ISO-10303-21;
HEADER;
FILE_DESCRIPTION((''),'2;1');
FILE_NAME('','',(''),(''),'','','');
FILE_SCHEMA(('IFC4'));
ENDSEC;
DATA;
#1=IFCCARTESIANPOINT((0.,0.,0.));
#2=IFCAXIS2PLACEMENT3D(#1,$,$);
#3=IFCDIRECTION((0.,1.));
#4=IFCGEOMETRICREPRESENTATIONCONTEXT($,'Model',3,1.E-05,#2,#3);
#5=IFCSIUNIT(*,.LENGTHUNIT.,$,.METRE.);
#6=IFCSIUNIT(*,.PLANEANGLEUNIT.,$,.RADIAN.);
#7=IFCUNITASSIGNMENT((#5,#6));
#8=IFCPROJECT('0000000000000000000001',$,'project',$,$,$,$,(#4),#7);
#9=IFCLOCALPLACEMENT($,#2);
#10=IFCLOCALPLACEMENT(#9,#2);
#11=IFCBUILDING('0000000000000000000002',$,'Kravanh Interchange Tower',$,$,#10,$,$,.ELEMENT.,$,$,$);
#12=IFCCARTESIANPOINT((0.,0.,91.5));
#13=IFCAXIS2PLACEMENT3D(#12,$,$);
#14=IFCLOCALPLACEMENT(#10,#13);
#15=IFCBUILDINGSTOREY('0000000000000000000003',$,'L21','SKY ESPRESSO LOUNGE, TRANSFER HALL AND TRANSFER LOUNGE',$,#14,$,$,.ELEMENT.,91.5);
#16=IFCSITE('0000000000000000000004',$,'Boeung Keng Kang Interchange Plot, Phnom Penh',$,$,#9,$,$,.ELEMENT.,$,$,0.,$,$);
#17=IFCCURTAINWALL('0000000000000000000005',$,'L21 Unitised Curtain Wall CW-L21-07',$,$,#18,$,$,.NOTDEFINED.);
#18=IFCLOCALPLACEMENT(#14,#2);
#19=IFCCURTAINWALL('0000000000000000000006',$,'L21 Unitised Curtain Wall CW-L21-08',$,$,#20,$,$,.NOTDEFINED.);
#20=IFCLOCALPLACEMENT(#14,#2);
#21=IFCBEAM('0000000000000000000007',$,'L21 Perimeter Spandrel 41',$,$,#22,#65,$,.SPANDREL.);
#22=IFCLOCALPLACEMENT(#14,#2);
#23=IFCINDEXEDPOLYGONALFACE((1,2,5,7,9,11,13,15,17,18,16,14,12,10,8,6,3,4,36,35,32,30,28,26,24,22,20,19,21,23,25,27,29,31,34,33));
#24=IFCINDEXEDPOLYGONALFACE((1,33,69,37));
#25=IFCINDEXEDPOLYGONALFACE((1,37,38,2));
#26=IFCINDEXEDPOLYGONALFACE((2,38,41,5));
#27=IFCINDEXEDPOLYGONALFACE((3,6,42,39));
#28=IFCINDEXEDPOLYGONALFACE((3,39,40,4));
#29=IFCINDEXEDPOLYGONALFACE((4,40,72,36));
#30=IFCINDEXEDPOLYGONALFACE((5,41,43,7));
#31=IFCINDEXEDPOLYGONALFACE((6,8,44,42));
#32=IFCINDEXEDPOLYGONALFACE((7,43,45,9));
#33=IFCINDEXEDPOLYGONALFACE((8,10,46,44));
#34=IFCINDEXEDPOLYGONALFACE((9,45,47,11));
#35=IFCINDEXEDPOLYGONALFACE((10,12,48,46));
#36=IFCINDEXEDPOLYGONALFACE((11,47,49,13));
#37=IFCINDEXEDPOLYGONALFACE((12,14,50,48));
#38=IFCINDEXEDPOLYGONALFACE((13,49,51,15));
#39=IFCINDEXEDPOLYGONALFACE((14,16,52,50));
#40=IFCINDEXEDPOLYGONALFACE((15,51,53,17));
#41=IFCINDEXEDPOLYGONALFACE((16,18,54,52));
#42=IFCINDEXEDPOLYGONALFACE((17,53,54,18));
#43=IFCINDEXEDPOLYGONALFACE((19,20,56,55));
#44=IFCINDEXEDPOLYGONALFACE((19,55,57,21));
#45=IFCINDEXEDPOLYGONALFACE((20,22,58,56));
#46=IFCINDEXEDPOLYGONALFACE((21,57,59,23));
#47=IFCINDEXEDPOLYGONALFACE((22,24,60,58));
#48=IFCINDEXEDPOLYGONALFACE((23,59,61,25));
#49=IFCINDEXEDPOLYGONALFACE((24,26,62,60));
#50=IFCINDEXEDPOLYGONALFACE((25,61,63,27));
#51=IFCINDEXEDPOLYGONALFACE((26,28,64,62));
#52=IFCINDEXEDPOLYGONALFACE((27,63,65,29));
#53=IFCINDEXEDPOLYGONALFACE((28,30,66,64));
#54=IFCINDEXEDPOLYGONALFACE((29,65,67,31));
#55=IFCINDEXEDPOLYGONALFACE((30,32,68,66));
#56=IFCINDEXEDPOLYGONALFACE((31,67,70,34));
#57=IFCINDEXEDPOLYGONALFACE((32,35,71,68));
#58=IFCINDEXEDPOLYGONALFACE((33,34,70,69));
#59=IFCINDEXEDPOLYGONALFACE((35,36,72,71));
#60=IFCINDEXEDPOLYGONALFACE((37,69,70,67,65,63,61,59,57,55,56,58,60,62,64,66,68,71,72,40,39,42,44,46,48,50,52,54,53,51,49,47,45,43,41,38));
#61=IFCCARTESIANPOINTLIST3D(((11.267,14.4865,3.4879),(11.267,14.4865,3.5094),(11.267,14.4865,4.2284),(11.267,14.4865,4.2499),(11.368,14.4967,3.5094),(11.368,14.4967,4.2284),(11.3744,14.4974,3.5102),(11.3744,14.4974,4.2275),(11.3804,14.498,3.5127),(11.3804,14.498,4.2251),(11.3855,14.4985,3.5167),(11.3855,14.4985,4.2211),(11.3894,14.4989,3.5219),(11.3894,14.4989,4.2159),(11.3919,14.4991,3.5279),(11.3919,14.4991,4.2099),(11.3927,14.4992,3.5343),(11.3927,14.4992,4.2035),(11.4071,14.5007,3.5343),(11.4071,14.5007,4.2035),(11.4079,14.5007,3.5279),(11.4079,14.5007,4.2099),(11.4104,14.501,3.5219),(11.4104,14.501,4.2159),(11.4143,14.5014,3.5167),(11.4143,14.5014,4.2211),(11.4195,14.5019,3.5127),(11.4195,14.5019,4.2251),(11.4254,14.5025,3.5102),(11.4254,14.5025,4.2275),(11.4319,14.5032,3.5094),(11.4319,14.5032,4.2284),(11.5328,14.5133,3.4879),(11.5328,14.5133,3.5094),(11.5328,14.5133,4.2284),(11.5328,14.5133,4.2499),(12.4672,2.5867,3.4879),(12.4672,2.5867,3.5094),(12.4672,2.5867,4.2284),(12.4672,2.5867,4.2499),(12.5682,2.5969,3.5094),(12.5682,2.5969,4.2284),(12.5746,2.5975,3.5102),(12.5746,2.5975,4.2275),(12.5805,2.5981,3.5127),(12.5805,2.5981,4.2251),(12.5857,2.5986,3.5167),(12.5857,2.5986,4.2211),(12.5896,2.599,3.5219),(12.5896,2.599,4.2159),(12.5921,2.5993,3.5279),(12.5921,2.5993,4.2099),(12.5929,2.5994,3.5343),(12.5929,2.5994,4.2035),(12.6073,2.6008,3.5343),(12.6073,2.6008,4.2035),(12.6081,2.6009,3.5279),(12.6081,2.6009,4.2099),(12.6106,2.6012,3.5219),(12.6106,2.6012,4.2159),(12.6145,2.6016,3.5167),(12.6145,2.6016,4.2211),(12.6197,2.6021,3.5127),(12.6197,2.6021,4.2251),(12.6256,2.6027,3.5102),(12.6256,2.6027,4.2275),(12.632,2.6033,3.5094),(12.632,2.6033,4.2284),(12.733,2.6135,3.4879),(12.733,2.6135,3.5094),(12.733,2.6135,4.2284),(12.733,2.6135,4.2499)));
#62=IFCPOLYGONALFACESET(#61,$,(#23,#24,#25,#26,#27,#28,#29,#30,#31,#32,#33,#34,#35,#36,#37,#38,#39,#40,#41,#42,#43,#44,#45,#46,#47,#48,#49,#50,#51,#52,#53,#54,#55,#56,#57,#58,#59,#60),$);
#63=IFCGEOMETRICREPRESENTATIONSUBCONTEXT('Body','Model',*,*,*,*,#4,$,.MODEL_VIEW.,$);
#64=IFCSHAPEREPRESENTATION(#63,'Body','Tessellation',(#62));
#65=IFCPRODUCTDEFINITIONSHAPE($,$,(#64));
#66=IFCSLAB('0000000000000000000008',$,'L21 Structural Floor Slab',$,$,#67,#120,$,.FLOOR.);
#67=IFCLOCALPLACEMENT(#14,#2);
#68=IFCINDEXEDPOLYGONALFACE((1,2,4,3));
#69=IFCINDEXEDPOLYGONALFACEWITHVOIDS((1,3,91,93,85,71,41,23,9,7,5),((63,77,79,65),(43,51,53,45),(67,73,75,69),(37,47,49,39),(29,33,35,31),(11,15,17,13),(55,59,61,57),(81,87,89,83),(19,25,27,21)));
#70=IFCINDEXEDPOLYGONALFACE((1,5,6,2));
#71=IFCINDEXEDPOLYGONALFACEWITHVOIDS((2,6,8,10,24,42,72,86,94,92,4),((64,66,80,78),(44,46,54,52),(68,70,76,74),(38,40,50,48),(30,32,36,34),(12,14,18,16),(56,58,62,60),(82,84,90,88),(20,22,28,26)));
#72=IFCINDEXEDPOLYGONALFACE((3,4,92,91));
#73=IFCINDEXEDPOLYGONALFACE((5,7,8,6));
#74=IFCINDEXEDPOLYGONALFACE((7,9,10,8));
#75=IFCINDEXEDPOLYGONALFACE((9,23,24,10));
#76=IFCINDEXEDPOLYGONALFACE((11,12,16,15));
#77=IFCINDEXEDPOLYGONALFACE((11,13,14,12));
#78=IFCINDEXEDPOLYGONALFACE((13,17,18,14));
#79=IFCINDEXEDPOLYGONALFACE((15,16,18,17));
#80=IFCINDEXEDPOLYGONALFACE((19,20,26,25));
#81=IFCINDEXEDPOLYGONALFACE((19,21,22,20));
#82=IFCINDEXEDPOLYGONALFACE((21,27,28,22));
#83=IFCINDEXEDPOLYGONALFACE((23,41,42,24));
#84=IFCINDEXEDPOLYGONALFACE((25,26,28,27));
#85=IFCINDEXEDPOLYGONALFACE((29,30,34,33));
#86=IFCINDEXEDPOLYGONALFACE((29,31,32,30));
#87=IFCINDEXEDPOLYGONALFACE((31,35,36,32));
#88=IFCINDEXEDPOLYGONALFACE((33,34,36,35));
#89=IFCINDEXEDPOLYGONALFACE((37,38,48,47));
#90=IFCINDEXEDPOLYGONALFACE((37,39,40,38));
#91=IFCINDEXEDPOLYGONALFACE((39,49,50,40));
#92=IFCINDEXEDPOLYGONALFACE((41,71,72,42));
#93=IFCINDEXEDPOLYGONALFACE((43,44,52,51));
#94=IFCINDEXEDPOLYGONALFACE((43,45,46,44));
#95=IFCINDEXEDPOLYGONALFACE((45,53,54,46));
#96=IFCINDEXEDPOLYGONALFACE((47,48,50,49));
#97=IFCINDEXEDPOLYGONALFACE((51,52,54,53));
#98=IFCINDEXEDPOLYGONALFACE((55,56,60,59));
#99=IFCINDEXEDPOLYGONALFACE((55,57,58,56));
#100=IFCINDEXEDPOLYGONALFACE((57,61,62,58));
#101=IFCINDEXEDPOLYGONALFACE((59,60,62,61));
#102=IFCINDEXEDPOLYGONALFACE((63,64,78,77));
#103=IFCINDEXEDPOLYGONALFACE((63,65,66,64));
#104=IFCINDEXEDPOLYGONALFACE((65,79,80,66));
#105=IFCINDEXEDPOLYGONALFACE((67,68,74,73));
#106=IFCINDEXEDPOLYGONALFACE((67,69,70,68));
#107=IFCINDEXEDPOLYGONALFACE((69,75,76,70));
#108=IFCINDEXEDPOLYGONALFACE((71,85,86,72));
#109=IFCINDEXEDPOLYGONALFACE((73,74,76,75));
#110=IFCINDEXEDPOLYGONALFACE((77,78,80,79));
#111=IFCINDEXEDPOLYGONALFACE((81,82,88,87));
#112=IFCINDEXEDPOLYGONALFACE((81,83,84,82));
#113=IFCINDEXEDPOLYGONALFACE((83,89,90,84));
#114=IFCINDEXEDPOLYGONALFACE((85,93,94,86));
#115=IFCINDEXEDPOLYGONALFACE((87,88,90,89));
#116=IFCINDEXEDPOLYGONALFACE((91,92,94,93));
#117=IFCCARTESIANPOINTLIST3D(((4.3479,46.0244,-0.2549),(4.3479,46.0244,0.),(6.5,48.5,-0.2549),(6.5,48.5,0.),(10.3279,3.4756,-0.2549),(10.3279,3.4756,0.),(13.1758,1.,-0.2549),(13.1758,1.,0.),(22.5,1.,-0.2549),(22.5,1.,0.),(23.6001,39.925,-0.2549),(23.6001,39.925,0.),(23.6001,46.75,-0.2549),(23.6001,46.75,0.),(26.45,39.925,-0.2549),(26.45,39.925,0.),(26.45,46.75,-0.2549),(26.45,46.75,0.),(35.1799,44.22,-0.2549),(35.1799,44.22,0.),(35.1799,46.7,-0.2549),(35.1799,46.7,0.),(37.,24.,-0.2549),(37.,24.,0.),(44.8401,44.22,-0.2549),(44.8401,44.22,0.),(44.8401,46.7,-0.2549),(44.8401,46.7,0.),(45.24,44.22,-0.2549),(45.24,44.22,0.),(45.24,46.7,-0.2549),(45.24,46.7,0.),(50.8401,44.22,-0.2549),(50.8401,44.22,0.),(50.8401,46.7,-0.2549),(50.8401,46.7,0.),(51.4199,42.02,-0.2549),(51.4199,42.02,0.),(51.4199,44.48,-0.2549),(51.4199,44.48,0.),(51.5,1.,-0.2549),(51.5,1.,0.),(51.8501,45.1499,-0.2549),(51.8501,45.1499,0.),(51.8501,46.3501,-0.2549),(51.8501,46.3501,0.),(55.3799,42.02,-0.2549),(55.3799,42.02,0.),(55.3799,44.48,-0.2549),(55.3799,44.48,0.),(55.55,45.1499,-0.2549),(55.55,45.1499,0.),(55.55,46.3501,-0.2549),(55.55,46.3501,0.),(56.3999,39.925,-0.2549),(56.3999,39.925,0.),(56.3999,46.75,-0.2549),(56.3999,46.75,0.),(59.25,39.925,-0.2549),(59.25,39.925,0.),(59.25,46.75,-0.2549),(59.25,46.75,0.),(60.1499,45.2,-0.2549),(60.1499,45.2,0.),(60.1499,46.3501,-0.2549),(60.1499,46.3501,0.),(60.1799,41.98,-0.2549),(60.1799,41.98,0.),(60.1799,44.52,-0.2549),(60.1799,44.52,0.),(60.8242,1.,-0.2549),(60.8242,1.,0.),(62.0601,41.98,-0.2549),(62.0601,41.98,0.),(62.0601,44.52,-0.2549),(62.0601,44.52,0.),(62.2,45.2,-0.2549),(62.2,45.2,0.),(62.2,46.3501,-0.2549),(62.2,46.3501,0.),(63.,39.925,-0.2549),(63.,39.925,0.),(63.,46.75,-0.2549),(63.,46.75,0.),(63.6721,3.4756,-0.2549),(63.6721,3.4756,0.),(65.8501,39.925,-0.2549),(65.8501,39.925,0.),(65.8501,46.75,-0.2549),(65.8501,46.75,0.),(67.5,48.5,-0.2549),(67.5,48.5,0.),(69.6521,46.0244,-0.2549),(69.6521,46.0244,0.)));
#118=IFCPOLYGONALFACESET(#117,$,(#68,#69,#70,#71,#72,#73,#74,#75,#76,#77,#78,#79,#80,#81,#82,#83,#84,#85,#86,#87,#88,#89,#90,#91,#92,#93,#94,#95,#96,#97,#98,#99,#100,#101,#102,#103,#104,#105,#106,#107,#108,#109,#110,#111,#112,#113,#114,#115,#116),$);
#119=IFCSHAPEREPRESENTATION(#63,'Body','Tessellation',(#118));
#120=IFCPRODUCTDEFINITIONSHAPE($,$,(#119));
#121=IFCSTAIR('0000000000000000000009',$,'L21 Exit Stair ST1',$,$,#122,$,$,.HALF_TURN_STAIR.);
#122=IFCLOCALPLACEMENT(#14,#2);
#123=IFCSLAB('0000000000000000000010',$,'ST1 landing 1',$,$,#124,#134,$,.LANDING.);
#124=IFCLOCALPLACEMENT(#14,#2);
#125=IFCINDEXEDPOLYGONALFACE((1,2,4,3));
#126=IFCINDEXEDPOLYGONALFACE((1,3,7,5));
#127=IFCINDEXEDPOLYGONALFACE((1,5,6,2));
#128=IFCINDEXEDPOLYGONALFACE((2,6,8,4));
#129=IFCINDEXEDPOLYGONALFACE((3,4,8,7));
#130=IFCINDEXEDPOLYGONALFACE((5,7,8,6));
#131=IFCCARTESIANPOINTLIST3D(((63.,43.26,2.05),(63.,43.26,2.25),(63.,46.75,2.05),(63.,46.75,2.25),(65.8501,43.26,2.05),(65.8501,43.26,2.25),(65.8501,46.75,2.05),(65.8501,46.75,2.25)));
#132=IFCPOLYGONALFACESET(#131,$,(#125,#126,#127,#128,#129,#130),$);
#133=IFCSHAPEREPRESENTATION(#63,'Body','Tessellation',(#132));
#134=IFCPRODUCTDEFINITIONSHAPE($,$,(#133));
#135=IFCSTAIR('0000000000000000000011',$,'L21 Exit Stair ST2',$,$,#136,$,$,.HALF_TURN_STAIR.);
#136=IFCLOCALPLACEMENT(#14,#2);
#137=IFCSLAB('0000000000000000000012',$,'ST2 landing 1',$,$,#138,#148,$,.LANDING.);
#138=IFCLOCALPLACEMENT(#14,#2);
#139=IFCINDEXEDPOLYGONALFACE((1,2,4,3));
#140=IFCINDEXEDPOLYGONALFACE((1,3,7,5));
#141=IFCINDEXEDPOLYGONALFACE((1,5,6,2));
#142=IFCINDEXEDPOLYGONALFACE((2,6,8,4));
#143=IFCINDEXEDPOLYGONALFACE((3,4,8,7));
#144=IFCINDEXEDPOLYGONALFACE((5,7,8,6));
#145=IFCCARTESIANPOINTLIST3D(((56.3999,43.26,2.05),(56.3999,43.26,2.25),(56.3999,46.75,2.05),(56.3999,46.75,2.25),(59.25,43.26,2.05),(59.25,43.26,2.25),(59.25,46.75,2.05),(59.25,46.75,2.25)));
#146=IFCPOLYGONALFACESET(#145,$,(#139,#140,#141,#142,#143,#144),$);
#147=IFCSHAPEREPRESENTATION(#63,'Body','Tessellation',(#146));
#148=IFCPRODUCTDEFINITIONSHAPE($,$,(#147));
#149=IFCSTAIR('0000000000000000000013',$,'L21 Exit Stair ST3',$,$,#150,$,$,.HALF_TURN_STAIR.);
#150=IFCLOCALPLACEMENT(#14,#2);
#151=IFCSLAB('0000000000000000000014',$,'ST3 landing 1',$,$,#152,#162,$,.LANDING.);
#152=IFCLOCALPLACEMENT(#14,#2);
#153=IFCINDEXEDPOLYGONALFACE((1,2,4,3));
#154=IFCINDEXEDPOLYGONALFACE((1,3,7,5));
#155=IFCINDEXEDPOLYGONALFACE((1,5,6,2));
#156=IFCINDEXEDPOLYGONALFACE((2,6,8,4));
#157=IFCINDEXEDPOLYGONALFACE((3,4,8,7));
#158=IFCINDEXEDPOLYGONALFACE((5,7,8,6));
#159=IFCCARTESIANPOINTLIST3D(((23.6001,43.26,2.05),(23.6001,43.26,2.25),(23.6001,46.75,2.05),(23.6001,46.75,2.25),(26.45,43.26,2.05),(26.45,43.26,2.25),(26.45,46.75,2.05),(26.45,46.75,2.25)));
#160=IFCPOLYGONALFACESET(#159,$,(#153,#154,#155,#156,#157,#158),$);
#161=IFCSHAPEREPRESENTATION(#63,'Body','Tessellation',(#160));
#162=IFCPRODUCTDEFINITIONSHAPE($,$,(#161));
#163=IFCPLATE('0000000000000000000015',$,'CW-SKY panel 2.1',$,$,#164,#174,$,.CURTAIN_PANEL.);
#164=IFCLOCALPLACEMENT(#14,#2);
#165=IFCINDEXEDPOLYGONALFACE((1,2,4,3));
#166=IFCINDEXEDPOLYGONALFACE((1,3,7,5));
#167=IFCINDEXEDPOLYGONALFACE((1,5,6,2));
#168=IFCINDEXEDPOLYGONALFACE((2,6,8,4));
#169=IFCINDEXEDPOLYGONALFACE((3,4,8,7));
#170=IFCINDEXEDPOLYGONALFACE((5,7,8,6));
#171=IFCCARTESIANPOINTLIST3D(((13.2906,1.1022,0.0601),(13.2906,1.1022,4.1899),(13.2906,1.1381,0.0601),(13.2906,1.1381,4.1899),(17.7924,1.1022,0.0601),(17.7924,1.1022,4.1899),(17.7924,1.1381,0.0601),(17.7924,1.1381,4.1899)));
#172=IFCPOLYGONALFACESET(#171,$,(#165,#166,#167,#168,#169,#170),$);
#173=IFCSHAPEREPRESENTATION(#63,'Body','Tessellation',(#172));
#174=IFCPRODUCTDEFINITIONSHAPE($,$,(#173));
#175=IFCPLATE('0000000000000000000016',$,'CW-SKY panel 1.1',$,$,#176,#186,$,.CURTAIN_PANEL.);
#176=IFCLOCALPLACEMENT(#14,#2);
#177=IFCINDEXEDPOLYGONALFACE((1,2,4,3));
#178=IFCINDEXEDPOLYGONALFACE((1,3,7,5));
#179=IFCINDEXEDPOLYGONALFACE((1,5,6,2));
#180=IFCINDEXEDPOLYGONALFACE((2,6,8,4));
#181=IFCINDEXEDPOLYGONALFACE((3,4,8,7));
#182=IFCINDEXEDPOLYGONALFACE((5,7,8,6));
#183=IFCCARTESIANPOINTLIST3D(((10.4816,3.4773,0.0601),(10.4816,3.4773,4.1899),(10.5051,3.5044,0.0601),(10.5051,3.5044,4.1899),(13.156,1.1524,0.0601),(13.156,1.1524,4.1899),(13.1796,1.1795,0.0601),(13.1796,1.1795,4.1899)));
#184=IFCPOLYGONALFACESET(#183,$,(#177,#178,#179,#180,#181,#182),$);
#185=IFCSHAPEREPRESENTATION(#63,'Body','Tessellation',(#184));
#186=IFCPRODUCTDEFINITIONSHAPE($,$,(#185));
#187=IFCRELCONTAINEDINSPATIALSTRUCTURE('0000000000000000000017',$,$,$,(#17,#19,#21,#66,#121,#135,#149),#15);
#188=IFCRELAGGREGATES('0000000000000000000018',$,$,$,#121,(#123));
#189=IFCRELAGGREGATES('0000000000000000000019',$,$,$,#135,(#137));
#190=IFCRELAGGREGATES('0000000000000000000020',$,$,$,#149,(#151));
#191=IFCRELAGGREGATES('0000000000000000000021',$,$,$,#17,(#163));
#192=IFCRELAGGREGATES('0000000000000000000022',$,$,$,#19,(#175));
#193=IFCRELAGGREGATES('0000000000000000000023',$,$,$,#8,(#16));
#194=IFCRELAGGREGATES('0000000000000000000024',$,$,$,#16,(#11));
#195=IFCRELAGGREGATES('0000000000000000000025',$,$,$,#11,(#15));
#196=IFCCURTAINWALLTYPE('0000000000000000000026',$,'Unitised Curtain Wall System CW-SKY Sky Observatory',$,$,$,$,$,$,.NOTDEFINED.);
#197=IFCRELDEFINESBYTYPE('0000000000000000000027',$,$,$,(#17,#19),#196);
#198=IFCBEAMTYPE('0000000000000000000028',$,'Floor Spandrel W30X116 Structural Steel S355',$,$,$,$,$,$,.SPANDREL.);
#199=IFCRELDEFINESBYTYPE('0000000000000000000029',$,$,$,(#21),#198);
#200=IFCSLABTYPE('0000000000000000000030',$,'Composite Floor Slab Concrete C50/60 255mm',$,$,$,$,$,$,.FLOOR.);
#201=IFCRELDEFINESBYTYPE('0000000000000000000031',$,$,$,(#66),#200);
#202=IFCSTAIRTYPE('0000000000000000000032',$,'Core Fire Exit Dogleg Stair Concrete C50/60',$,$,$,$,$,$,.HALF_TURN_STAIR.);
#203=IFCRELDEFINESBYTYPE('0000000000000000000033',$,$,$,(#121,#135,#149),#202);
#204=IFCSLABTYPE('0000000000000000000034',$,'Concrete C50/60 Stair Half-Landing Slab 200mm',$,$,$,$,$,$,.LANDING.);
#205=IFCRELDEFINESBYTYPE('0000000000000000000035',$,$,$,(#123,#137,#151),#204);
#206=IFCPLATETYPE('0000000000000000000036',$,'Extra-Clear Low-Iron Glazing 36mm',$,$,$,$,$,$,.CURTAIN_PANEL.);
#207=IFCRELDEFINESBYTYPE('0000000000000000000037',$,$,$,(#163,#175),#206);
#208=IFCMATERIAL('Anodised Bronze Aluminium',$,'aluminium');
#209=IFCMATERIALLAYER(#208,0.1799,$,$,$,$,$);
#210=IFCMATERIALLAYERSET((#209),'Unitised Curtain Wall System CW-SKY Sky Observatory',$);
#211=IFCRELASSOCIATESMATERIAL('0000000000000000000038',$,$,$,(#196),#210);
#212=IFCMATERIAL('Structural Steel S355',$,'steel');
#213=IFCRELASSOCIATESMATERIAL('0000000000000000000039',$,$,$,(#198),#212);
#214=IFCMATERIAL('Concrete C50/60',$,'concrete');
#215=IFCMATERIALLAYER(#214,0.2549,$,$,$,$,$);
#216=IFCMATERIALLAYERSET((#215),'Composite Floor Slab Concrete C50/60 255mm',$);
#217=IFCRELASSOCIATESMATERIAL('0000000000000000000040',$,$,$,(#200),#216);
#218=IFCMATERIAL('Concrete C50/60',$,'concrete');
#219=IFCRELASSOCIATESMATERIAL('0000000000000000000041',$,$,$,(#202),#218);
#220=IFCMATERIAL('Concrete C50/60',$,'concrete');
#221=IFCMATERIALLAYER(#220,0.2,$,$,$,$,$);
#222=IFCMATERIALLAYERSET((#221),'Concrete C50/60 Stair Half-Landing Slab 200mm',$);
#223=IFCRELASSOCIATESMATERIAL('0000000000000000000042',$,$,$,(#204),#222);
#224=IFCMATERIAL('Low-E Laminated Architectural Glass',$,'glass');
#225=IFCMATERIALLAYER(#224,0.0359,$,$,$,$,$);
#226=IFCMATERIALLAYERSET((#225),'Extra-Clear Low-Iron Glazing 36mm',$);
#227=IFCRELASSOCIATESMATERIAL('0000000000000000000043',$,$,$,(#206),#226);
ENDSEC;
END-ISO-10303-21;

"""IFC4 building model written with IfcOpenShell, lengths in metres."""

from ifc_helpers import new_model, si_unit, direction, frame, origin, origin_2d, place, context, subcontext, project, spatial, polyline, rectangle, i_section, outline, extrude, material, layer, layer_set, material_profile, profile_set, type_object, element, aggregate, save


model = new_model("IFC4")

# Units and contexts
model_context = context("Model", 3, precision=1e-05, world=origin(), true_north=direction((0.0, 1.0)))
body_context = subcontext(model_context, "Body", "Model", "MODEL_VIEW")
ifc_project = project(units=[si_unit("LENGTHUNIT", "METRE"), si_unit("PLANEANGLEUNIT", "RADIAN")], contexts=[model_context])

# Site, building, storey
site_placement = place(None, origin())
site = spatial("IfcSite", under=ifc_project, at=site_placement, Name="Boeung Keng Kang Interchange Plot, Phnom Penh", CompositionType="ELEMENT", RefElevation=0.0)
building_placement = place(site_placement, origin())
building = spatial("IfcBuilding", under=site, at=building_placement, Name="Kravanh Interchange Tower", CompositionType="ELEMENT")
storey_placement = place(building_placement, frame((0.0, 0.0, 91.5)))
storey = spatial("IfcBuildingStorey", under=building, at=storey_placement, Name="L21", Description="SKY ESPRESSO LOUNGE, TRANSFER HALL AND TRANSFER LOUNGE", CompositionType="ELEMENT", Elevation=91.5)

# Curtain wall
ifc_material_1 = material(Name="Anodised Bronze Aluminium", Category="aluminium")
ifc_layer_1 = layer(ifc_material_1, 0.1799)
ifc_layer_set_1 = layer_set([ifc_layer_1], Name="Unitised Curtain Wall System CW-SKY Sky Observatory")
curtain_wall_type = type_object("IfcCurtainWallType", Name="Unitised Curtain Wall System CW-SKY Sky Observatory", PredefinedType="NOTDEFINED", material=ifc_layer_set_1)
curtain_wall_1_placement = place(storey_placement, origin())
curtain_wall_1 = element("IfcCurtainWall", 1, at=curtain_wall_1_placement, inside=storey, type_object=curtain_wall_type, Name="L21 Unitised Curtain Wall CW-L21-07", PredefinedType="NOTDEFINED")

# Curtain wall
curtain_wall_2_placement = place(storey_placement, origin())
curtain_wall_2 = element("IfcCurtainWall", 2, at=curtain_wall_2_placement, inside=storey, type_object=curtain_wall_type, Name="L21 Unitised Curtain Wall CW-L21-08", PredefinedType="NOTDEFINED")

# Beam
ifc_material_2 = material(Name="Structural Steel S355", Category="steel")
ifc_material_profile_1 = material_profile(ifc_material_2, i_section(OverallWidth=0.2671, OverallDepth=0.762, WebThickness=0.0144, FlangeThickness=0.0215, FilletRadius=0.0249, at=origin_2d()), Name="W30X116")
ifc_profile_set_1 = profile_set([ifc_material_profile_1], Name="Structural Steel S355")
beam_type_1 = type_object("IfcBeamType", Name="Floor Spandrel W30X116 Structural Steel S355", PredefinedType="SPANDREL", material=ifc_profile_set_1)
beam_1_placement = place(storey_placement, frame((12.6001, 2.6001, 3.8689), z_axis=(-0.100348, 0.994952, 0.0), x_axis=(-0.994952, -0.100348, 0.0)))
element("IfcBeam", 3, at=beam_1_placement, inside=storey, type_object=beam_type_1, Name="L21 Perimeter Spandrel 41", PredefinedType="SPANDREL", context=body_context, shape_type="SweptSolid", body=[
    extrude(i_section(OverallWidth=0.2671, OverallDepth=0.762, WebThickness=0.0144, FlangeThickness=0.0215, FilletRadius=0.0249, at=origin_2d()), origin(), (0.0, 0.0, 1.0), 11.9602),
])

# Slab
ifc_material_3 = material(Name="Concrete C50/60", Category="concrete")
ifc_layer_2 = layer(ifc_material_3, 0.2549)
ifc_layer_set_2 = layer_set([ifc_layer_2], Name="Composite Floor Slab Concrete C50/60 255mm")
slab_type_1 = type_object("IfcSlabType", Name="Composite Floor Slab Concrete C50/60 255mm", PredefinedType="FLOOR", material=ifc_layer_set_2)
slab_1_placement = place(storey_placement, frame((0.0, 0.0, -0.2549)))
element("IfcSlab", 4, at=slab_1_placement, inside=storey, type_object=slab_type_1, Name="L21 Structural Floor Slab", PredefinedType="FLOOR", context=body_context, shape_type="SweptSolid", body=[
    extrude(outline(polyline([(10.3279, 3.4756), (13.1758, 1.0), (22.5, 1.0), (37.0, 24.0), (51.5, 1.0), (60.8242, 1.0), (63.6721, 3.4756), (69.6521, 46.0244), (67.5, 48.5), (6.5, 48.5), (4.3479, 46.0244), (10.3279, 3.4756)]), holes=[polyline([(65.8501, 39.925), (65.8501, 46.75), (63.0, 46.75), (63.0, 39.925), (65.8501, 39.925)]), polyline([(59.25, 39.925), (59.25, 46.75), (56.3999, 46.75), (56.3999, 39.925), (59.25, 39.925)]), polyline([(26.45, 39.925), (26.45, 46.75), (23.6001, 46.75), (23.6001, 39.925), (26.45, 39.925)]), polyline([(35.1799, 44.22), (44.8401, 44.22), (44.8401, 46.7), (35.1799, 46.7), (35.1799, 44.22)]), polyline([(45.24, 44.22), (50.8401, 44.22), (50.8401, 46.7), (45.24, 46.7), (45.24, 44.22)]), polyline([(51.4199, 42.02), (55.3799, 42.02), (55.3799, 44.48), (51.4199, 44.48), (51.4199, 42.02)]), polyline([(60.1799, 41.98), (62.0601, 41.98), (62.0601, 44.52), (60.1799, 44.52), (60.1799, 41.98)]), polyline([(60.1499, 45.2), (62.2, 45.2), (62.2, 46.3501), (60.1499, 46.3501), (60.1499, 45.2)]), polyline([(51.8501, 45.1499), (55.55, 45.1499), (55.55, 46.3501), (51.8501, 46.3501), (51.8501, 45.1499)])]), origin(), (0.0, 0.0, 1.0), 0.2549),
])

# Stairs, slabs
ifc_material_4 = material(Name="Concrete C50/60", Category="concrete")
stair_type = type_object("IfcStairType", Name="Core Fire Exit Dogleg Stair Concrete C50/60", PredefinedType="HALF_TURN_STAIR", material=ifc_material_4)
stair_1_placement = place(storey_placement, origin())
stair_1 = element("IfcStair", 5, at=stair_1_placement, inside=storey, type_object=stair_type, Name="L21 Exit Stair ST1", PredefinedType="HALF_TURN_STAIR")
ifc_material_5 = material(Name="Concrete C50/60", Category="concrete")
ifc_layer_3 = layer(ifc_material_5, 0.2)
ifc_layer_set_3 = layer_set([ifc_layer_3], Name="Concrete C50/60 Stair Half-Landing Slab 200mm")
slab_type_2 = type_object("IfcSlabType", Name="Concrete C50/60 Stair Half-Landing Slab 200mm", PredefinedType="LANDING", material=ifc_layer_set_3)
slab_2_placement = place(storey_placement, frame((0.0, 0.0, 2.05)))
slab_2 = element("IfcSlab", 6, at=slab_2_placement, type_object=slab_type_2, Name="ST1 landing 1", PredefinedType="LANDING", context=body_context, shape_type="SweptSolid", body=[
    extrude(outline(polyline([(65.8501, 43.26), (65.8501, 46.75), (63.0, 46.75), (63.0, 43.26), (65.8501, 43.26)])), origin(), (0.0, 0.0, 1.0), 0.2),
])
aggregate(stair_1, [slab_2])
stair_2_placement = place(storey_placement, origin())
stair_2 = element("IfcStair", 7, at=stair_2_placement, inside=storey, type_object=stair_type, Name="L21 Exit Stair ST2", PredefinedType="HALF_TURN_STAIR")
slab_3_placement = place(storey_placement, frame((0.0, 0.0, 2.05)))
slab_3 = element("IfcSlab", 8, at=slab_3_placement, type_object=slab_type_2, Name="ST2 landing 1", PredefinedType="LANDING", context=body_context, shape_type="SweptSolid", body=[
    extrude(outline(polyline([(59.25, 43.26), (59.25, 46.75), (56.3999, 46.75), (56.3999, 43.26), (59.25, 43.26)])), origin(), (0.0, 0.0, 1.0), 0.2),
])
aggregate(stair_2, [slab_3])
stair_3_placement = place(storey_placement, origin())
stair_3 = element("IfcStair", 9, at=stair_3_placement, inside=storey, type_object=stair_type, Name="L21 Exit Stair ST3", PredefinedType="HALF_TURN_STAIR")
slab_4_placement = place(storey_placement, frame((0.0, 0.0, 2.05)))
slab_4 = element("IfcSlab", 10, at=slab_4_placement, type_object=slab_type_2, Name="ST3 landing 1", PredefinedType="LANDING", context=body_context, shape_type="SweptSolid", body=[
    extrude(outline(polyline([(26.45, 43.26), (26.45, 46.75), (23.6001, 46.75), (23.6001, 43.26), (26.45, 43.26)])), origin(), (0.0, 0.0, 1.0), 0.2),
])
aggregate(stair_3, [slab_4])

# Plates
ifc_material_6 = material(Name="Low-E Laminated Architectural Glass", Category="glass")
ifc_layer_4 = layer(ifc_material_6, 0.0359)
ifc_layer_set_4 = layer_set([ifc_layer_4], Name="Extra-Clear Low-Iron Glazing 36mm")
plate_type = type_object("IfcPlateType", Name="Extra-Clear Low-Iron Glazing 36mm", PredefinedType="CURTAIN_PANEL", material=ifc_layer_set_4)
plate_1_placement = place(storey_placement, frame((15.5415, 1.1201, 0.0601), z_axis=(0.0, 0.0, 1.0), x_axis=(-1.0, 0.0, 0.0)))
plate_1 = element("IfcPlate", 11, at=plate_1_placement, type_object=plate_type, Name="CW-SKY panel 2.1", PredefinedType="CURTAIN_PANEL", context=body_context, shape_type="SweptSolid", body=[
    extrude(rectangle(XDim=4.5017, YDim=0.0359, at=origin_2d()), origin(), (0.0, 0.0, 1.0), 4.1299),
])
aggregate(curtain_wall_1, [plate_1])
plate_2_placement = place(storey_placement, frame((11.8306, 2.3284, 0.0601), z_axis=(0.0, 0.0, 1.0), x_axis=(-0.754708, 0.65606, 0.0)))
plate_2 = element("IfcPlate", 12, at=plate_2_placement, type_object=plate_type, Name="CW-SKY panel 1.1", PredefinedType="CURTAIN_PANEL", context=body_context, shape_type="SweptSolid", body=[
    extrude(rectangle(XDim=3.5437, YDim=0.0359, at=origin_2d()), origin(), (0.0, 0.0, 1.0), 4.1299),
])
aggregate(curtain_wall_2, [plate_2])

save(model, "model.ifc")
